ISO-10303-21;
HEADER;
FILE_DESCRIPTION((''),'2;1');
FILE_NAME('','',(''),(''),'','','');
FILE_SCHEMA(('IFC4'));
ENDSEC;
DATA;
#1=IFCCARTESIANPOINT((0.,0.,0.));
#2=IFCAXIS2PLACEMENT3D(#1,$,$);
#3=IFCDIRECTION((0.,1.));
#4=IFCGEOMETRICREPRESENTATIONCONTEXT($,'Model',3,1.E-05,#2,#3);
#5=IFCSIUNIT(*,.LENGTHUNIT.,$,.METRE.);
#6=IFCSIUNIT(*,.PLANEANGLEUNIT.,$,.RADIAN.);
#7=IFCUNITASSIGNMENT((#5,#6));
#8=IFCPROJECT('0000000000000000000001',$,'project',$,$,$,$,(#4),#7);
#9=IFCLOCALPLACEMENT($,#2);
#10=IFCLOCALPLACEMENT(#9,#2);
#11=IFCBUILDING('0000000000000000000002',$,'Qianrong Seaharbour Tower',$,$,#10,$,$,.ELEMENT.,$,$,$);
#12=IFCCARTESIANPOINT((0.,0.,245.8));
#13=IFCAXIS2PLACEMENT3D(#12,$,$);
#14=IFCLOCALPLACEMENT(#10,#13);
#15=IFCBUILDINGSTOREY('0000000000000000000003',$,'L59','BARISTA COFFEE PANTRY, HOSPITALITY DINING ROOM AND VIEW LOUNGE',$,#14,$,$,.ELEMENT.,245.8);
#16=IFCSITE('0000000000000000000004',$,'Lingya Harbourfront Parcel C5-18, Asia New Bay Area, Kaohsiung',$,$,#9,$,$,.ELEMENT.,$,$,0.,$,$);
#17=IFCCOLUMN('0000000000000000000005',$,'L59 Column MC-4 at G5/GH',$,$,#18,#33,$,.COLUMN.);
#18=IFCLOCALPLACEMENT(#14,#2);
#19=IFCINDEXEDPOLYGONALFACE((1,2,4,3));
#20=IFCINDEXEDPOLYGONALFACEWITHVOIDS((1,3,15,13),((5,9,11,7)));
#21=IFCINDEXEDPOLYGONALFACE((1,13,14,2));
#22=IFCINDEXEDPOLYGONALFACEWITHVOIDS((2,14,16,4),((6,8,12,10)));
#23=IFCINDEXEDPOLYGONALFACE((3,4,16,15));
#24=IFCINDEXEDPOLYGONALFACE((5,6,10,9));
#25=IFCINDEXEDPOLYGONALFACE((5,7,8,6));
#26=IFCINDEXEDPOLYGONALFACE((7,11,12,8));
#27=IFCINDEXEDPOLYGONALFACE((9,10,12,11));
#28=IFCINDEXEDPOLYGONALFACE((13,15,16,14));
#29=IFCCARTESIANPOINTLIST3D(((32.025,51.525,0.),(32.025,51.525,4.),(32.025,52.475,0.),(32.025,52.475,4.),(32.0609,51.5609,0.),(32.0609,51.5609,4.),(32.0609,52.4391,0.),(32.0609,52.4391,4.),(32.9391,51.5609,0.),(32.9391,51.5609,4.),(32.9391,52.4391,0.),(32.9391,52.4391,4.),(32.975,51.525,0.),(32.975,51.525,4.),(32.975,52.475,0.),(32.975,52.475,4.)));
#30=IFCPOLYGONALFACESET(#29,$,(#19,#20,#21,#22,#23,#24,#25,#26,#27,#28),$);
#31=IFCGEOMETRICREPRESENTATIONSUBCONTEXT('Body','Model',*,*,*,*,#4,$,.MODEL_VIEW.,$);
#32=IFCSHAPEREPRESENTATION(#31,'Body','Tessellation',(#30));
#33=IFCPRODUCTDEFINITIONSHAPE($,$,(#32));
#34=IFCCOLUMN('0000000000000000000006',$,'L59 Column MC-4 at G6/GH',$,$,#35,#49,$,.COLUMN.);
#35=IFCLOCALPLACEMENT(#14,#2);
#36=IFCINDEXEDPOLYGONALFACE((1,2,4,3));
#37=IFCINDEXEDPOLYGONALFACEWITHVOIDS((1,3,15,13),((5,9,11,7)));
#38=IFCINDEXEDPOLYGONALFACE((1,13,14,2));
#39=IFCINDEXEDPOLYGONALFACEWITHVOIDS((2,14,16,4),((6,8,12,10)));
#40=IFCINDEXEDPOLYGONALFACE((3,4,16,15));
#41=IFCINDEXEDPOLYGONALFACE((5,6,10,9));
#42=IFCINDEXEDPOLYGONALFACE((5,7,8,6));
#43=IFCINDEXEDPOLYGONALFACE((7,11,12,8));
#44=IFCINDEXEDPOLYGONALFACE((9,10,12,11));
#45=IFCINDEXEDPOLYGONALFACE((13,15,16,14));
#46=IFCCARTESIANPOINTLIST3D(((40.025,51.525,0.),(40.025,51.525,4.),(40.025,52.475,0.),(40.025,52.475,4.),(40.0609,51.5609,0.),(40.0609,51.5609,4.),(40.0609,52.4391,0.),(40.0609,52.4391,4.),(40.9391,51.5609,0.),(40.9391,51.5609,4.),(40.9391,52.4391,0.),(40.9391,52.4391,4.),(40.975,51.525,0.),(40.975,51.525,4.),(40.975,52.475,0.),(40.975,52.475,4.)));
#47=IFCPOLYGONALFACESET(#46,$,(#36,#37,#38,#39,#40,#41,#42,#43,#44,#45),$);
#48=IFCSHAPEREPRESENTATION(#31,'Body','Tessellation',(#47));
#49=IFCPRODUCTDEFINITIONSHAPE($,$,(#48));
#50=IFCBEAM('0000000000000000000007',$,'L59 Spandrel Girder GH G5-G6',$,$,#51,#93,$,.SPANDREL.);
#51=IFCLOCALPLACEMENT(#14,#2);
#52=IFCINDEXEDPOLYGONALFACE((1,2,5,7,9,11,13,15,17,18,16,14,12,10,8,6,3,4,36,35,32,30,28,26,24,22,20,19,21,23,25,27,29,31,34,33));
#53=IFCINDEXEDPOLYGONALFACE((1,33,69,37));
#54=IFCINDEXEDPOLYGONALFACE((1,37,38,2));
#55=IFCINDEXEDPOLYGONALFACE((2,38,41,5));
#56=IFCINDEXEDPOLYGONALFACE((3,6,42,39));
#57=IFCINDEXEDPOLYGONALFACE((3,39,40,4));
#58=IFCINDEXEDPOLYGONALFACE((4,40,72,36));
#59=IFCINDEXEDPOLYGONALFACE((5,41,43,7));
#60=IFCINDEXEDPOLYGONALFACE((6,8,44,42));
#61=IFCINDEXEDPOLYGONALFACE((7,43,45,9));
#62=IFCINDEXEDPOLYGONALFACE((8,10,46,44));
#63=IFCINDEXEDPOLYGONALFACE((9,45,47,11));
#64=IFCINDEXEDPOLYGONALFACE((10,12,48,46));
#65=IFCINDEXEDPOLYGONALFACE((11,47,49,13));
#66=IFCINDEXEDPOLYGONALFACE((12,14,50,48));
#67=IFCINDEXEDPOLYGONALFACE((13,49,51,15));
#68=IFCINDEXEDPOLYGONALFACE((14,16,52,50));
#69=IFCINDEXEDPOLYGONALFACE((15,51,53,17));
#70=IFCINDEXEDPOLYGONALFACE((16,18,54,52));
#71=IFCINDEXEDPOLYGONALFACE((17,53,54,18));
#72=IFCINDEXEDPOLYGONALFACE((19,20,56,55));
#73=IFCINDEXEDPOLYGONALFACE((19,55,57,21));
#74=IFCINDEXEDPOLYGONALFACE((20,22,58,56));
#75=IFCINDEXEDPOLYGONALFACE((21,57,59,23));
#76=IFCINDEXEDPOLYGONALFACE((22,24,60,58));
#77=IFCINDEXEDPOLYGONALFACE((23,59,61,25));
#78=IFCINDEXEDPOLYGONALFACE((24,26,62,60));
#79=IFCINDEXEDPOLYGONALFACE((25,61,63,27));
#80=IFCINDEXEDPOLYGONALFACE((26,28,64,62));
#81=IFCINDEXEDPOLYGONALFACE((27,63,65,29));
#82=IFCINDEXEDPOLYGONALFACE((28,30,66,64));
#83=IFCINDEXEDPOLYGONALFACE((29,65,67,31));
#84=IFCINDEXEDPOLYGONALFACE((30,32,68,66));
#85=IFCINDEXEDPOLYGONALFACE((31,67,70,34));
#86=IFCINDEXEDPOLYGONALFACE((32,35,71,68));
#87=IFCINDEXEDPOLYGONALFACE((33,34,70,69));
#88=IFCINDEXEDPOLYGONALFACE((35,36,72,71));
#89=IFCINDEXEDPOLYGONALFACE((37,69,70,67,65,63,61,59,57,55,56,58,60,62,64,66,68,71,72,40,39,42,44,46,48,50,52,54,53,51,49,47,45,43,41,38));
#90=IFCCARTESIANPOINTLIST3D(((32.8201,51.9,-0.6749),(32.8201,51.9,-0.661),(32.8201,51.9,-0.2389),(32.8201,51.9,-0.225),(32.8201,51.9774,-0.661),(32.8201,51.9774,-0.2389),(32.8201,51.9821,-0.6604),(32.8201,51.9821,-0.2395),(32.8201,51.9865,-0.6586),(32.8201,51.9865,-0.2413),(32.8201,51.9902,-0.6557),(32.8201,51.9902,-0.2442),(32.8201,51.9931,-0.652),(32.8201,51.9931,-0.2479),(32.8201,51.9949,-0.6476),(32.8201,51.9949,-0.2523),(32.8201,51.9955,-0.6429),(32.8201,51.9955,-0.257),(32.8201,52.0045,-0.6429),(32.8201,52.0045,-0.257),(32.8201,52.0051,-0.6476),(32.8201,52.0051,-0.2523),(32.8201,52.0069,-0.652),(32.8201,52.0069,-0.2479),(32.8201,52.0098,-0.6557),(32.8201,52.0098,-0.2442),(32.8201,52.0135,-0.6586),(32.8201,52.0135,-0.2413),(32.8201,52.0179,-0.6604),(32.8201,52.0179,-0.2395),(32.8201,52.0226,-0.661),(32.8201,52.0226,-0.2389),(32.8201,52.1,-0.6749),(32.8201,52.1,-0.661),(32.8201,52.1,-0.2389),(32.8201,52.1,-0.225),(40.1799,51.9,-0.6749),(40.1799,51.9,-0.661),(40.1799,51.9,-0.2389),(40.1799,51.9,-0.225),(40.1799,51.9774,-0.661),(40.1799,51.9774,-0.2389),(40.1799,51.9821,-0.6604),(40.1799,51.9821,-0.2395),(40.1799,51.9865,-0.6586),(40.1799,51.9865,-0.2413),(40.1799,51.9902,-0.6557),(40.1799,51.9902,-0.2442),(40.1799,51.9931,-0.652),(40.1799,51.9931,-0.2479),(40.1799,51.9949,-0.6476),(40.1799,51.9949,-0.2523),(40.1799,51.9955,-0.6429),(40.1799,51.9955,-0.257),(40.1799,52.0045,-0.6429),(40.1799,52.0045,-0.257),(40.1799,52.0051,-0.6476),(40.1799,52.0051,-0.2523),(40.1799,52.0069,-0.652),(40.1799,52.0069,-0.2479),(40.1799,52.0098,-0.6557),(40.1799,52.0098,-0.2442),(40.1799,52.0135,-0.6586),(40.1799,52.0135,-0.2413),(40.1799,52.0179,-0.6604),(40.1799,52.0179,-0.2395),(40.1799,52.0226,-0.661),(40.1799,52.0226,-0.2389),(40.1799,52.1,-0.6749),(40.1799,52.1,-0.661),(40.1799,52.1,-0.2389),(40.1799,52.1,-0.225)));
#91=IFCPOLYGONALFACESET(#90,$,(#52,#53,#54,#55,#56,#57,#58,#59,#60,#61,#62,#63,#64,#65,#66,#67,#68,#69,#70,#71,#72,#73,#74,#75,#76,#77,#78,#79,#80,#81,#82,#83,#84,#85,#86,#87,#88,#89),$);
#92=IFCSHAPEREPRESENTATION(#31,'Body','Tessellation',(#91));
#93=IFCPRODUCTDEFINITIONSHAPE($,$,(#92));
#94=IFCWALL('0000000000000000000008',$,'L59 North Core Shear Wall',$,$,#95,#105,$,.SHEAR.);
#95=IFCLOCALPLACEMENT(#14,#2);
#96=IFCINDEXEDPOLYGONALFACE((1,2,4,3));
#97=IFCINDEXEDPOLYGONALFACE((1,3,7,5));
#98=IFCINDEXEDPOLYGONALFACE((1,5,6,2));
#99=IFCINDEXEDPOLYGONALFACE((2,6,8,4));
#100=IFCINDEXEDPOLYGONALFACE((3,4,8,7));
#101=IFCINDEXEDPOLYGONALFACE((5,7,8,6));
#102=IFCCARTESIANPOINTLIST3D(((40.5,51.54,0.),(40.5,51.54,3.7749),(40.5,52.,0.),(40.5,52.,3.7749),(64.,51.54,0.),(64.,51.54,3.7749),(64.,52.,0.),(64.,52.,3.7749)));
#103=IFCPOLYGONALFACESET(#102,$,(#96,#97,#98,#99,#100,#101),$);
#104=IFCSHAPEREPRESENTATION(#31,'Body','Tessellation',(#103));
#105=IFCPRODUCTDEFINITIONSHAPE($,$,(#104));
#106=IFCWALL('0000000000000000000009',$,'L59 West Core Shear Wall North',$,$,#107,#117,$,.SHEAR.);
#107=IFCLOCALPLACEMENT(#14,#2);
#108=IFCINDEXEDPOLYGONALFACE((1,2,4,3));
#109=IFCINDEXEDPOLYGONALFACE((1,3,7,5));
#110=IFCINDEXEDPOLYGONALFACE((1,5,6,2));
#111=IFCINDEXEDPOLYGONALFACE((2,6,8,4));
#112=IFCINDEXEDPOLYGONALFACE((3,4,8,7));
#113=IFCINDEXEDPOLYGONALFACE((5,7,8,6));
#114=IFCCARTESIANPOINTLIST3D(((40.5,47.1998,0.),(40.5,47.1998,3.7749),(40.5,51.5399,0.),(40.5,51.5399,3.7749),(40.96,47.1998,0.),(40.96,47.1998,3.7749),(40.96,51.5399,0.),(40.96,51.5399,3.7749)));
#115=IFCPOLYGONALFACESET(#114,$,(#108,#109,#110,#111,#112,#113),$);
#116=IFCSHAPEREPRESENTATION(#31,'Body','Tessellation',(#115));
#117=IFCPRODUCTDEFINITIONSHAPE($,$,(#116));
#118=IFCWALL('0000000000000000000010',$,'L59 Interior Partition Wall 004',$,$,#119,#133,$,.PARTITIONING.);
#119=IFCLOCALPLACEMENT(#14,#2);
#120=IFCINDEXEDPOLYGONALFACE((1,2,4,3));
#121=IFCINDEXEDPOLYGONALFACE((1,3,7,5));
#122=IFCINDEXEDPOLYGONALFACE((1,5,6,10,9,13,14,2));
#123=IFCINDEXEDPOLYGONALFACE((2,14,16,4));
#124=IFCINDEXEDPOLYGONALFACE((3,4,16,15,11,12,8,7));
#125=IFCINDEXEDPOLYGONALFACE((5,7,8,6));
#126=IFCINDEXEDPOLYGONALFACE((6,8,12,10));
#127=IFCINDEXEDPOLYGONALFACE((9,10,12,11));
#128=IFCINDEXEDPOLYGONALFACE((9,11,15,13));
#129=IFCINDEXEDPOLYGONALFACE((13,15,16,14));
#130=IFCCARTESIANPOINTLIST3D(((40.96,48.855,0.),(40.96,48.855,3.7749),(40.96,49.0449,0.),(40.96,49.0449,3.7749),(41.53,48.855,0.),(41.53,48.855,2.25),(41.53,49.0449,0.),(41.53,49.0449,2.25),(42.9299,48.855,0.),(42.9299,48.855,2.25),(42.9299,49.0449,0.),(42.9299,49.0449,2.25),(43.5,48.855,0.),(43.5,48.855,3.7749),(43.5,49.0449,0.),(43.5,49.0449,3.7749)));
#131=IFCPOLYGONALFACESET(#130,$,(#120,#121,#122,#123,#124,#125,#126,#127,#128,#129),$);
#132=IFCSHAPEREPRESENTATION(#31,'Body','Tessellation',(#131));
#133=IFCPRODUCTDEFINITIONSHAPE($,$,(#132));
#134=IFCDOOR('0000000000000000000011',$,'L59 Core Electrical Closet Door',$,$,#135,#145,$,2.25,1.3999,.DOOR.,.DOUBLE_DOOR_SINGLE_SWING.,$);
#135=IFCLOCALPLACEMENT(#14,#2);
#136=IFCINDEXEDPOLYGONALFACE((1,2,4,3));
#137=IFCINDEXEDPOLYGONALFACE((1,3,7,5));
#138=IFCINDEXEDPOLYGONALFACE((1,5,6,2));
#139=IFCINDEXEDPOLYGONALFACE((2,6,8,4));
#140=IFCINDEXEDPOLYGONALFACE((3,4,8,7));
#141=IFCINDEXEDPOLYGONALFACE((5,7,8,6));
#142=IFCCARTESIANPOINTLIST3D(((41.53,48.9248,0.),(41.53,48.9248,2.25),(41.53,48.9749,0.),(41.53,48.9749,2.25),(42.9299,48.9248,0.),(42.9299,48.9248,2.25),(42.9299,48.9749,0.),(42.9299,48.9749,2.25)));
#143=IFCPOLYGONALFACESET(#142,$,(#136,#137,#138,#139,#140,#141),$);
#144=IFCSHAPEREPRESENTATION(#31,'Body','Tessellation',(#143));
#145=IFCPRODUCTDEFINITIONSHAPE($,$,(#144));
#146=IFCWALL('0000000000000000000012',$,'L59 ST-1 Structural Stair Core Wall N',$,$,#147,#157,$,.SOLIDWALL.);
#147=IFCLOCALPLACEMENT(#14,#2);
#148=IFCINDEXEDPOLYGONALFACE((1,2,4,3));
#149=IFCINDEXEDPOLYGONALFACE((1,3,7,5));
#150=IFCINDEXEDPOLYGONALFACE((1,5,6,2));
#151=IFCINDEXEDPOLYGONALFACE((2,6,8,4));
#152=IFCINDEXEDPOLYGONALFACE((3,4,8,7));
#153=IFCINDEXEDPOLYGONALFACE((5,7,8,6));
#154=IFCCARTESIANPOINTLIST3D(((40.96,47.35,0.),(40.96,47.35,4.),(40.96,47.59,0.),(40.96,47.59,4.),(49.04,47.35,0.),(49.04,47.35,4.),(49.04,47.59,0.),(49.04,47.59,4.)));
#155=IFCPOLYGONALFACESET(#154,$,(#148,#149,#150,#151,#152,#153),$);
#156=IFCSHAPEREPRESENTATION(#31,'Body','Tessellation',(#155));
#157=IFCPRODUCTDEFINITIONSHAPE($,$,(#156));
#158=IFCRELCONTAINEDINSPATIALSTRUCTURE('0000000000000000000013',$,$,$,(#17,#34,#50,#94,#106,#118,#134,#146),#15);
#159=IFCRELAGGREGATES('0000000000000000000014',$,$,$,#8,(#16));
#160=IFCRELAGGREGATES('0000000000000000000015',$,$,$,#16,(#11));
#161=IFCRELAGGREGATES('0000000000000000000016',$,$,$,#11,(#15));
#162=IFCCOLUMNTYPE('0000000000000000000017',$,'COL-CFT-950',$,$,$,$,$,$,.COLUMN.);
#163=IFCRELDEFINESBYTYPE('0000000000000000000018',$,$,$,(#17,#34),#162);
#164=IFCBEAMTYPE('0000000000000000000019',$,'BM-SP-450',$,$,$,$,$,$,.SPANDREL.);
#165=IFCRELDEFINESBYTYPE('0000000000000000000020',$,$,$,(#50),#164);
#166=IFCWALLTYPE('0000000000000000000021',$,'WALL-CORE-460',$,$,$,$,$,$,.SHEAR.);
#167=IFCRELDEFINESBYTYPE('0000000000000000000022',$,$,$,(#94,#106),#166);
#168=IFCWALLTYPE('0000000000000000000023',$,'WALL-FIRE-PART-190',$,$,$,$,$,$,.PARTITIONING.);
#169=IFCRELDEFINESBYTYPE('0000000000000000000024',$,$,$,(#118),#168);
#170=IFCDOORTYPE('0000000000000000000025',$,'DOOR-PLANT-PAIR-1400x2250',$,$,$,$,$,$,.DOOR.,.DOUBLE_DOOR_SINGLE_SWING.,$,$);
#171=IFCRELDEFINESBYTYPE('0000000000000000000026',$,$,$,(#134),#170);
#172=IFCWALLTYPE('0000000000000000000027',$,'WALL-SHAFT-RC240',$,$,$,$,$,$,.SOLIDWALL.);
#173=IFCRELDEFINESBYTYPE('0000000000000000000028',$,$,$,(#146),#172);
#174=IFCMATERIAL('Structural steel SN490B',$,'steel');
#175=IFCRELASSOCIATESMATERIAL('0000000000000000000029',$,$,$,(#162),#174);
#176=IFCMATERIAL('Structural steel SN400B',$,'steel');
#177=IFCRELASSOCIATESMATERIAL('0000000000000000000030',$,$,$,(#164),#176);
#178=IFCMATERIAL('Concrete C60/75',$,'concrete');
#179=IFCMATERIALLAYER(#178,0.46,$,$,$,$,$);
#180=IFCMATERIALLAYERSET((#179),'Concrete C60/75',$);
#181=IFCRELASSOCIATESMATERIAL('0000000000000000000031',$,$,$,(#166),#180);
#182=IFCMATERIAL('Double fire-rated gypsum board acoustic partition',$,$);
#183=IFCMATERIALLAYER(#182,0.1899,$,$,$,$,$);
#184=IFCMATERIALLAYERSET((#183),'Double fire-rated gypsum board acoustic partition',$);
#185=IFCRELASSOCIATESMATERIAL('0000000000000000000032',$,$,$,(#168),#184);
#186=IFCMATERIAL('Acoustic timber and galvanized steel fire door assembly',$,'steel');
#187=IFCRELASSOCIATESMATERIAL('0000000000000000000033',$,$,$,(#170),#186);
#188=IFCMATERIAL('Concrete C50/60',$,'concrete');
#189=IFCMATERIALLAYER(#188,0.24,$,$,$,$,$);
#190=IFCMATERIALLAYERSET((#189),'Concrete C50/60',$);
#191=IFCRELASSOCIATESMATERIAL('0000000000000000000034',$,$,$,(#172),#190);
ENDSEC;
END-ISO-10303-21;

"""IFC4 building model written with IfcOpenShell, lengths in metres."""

from ifc_helpers import new_model, si_unit, direction, frame, frame_2d, origin, origin_2d, place, context, subcontext, project, spatial, rectangle, hollow_rectangle, i_section, extrude, material, layer, layer_set, material_profile, profile_set, type_object, element, fill, save


model = new_model("IFC4")

# Units and contexts
model_context = context("Model", 3, precision=1e-05, world=origin(), true_north=direction((0.0, 1.0)))
body_context = subcontext(model_context, "Body", "Model", "MODEL_VIEW")
ifc_project = project(units=[si_unit("LENGTHUNIT", "METRE"), si_unit("PLANEANGLEUNIT", "RADIAN")], contexts=[model_context])

# Site, building, storey
site_placement = place(None, origin())
site = spatial("IfcSite", under=ifc_project, at=site_placement, Name="Lingya Harbourfront Parcel C5-18, Asia New Bay Area, Kaohsiung", CompositionType="ELEMENT", RefElevation=0.0)
building_placement = place(site_placement, origin())
building = spatial("IfcBuilding", under=site, at=building_placement, Name="Qianrong Seaharbour Tower", CompositionType="ELEMENT")
storey_placement = place(building_placement, frame((0.0, 0.0, 245.8)))
storey = spatial("IfcBuildingStorey", under=building, at=storey_placement, Name="L59", Description="BARISTA COFFEE PANTRY, HOSPITALITY DINING ROOM AND VIEW LOUNGE", CompositionType="ELEMENT", Elevation=245.8)

# Columns
ifc_material_1 = material(Name="Structural steel SN490B", Category="steel")
ifc_material_profile_1 = material_profile(ifc_material_1, hollow_rectangle(XDim=0.95, YDim=0.95, WallThickness=0.0359, at=origin_2d()), Name="BOX950x950x36")
ifc_profile_set_1 = profile_set([ifc_material_profile_1], Name="Structural steel SN490B")
column_type = type_object("IfcColumnType", Name="COL-CFT-950", PredefinedType="COLUMN", material=ifc_profile_set_1)
for number, where, z_axis, x_axis, name in (
    (1, (32.5, 52.0, 0.0), (0.0, 0.0, 1.0), (1.0, 0.0, 0.0), "L59 Column MC-4 at G5/GH"),
    (2, (40.5, 52.0, 0.0), (0.0, 0.0, 1.0), (1.0, 0.0, 0.0), "L59 Column MC-4 at G6/GH"),
):
    element("IfcColumn", number, at=place(storey_placement, frame(where, z_axis=z_axis, x_axis=x_axis)), inside=storey, type_object=column_type, Name=name, PredefinedType="COLUMN", context=body_context, shape_type="SweptSolid", body=[
        extrude(hollow_rectangle(XDim=0.95, YDim=0.95, WallThickness=0.0359, at=origin_2d()), origin(), (0.0, 0.0, 1.0), 4.0),
    ])

# Beam
ifc_material_2 = material(Name="Structural steel SN400B", Category="steel")
ifc_material_profile_2 = material_profile(ifc_material_2, i_section(OverallWidth=0.2, OverallDepth=0.45, WebThickness=0.009, FlangeThickness=0.0139, FilletRadius=0.0181, at=origin_2d()), Name="H450x200x9x14")
ifc_profile_set_2 = profile_set([ifc_material_profile_2], Name="Structural steel SN400B")
beam_type = type_object("IfcBeamType", Name="BM-SP-450", PredefinedType="SPANDREL", material=ifc_profile_set_2)
beam_placement = place(storey_placement, frame((32.8201, 52.0, -0.45), z_axis=(1.0, 0.0, 0.0), x_axis=(0.0, 1.0, 0.0)))
element("IfcBeam", 3, at=beam_placement, inside=storey, type_object=beam_type, Name="L59 Spandrel Girder GH G5-G6", PredefinedType="SPANDREL", context=body_context, shape_type="SweptSolid", body=[
    extrude(i_section(OverallWidth=0.2, OverallDepth=0.45, WebThickness=0.009, FlangeThickness=0.0139, FilletRadius=0.0181, at=origin_2d()), origin(), (0.0, 0.0, 1.0), 7.3599),
])

# Walls
ifc_material_3 = material(Name="Concrete C60/75", Category="concrete")
ifc_layer_1 = layer(ifc_material_3, 0.46)
ifc_layer_set_1 = layer_set([ifc_layer_1], Name="Concrete C60/75")
wall_type_1 = type_object("IfcWallType", Name="WALL-CORE-460", PredefinedType="SHEAR", material=ifc_layer_set_1)
wall_1_placement = place(storey_placement, frame((40.5, 51.77, 0.0), z_axis=(0.0, 0.0, 1.0), x_axis=(1.0, 0.0, 0.0)))
element("IfcWall", 4, at=wall_1_placement, inside=storey, type_object=wall_type_1, Name="L59 North Core Shear Wall", PredefinedType="SHEAR", context=body_context, shape_type="SweptSolid", body=[
    extrude(rectangle(XDim=23.5, YDim=0.46, at=frame_2d((11.75, 0.0))), origin(), (0.0, 0.0, 1.0), 3.7749),
])
wall_2_placement = place(storey_placement, frame((40.73, 47.2, 0.0), z_axis=(0.0, 0.0, 1.0), x_axis=(0.0, 1.0, 0.0)))
element("IfcWall", 5, at=wall_2_placement, inside=storey, type_object=wall_type_1, Name="L59 West Core Shear Wall North", PredefinedType="SHEAR", context=body_context, shape_type="SweptSolid", body=[
    extrude(rectangle(XDim=4.3401, YDim=0.46, at=frame_2d((2.1699, 0.0))), origin(), (0.0, 0.0, 1.0), 3.7749),
])

# Wall, opening, door
ifc_material_4 = material(Name="Acoustic timber and galvanized steel fire door assembly", Category="steel")
ifc_material_5 = material(Name="Double fire-rated gypsum board acoustic partition")
ifc_layer_2 = layer(ifc_material_5, 0.1899)
ifc_layer_set_2 = layer_set([ifc_layer_2], Name="Double fire-rated gypsum board acoustic partition")
wall_type_2 = type_object("IfcWallType", Name="WALL-FIRE-PART-190", PredefinedType="PARTITIONING", material=ifc_layer_set_2)
wall_3_placement = place(storey_placement, frame((40.96, 48.95, 0.0), z_axis=(0.0, 0.0, 1.0), x_axis=(1.0, 0.0, 0.0)))
wall_3 = element("IfcWall", 6, at=wall_3_placement, inside=storey, type_object=wall_type_2, Name="L59 Interior Partition Wall 004", PredefinedType="PARTITIONING", context=body_context, shape_type="SweptSolid", body=[
    extrude(rectangle(XDim=2.54, YDim=0.1899, at=frame_2d((1.27, 0.0))), origin(), (0.0, 0.0, 1.0), 3.7749),
])
opening_1_placement = place(wall_3_placement, frame((0.5701, 0.0, 0.0)))
opening_1 = element("IfcOpeningElement", 7, at=opening_1_placement, cuts=wall_3, PredefinedType="OPENING", context=body_context, shape_type="SweptSolid", body=[
    extrude(rectangle(XDim=1.3999, YDim=2.25, at=frame_2d((0.7, 1.125))), frame((0.0, 0.105, 0.0), z_axis=(0.0, -1.0, 0.0), x_axis=(1.0, 0.0, 0.0)), (0.0, 0.0, 1.0), 0.21),
])
door_type_1 = type_object("IfcDoorType", Name="DOOR-PLANT-PAIR-1400x2250", OperationType="DOUBLE_DOOR_SINGLE_SWING", PredefinedType="DOOR", material=ifc_material_4)
door_1_placement = place(opening_1_placement, origin())
door_1 = element("IfcDoor", 8, at=door_1_placement, inside=storey, type_object=door_type_1, Name="L59 Core Electrical Closet Door", OperationType="DOUBLE_DOOR_SINGLE_SWING", OverallHeight=2.25, OverallWidth=1.3999, PredefinedType="DOOR", context=body_context, shape_type="SweptSolid", body=[
    extrude(rectangle(XDim=1.3999, YDim=2.25, at=frame_2d((0.7, 1.125))), frame((0.0, 0.0249, 0.0), z_axis=(0.0, -1.0, 0.0), x_axis=(1.0, 0.0, 0.0)), (0.0, 0.0, 1.0), 0.05),
])
fill(opening_1, door_1)

# Wall
ifc_material_6 = material(Name="Concrete C50/60", Category="concrete")
ifc_layer_3 = layer(ifc_material_6, 0.24)
ifc_layer_set_3 = layer_set([ifc_layer_3], Name="Concrete C50/60")
wall_type_3 = type_object("IfcWallType", Name="WALL-SHAFT-RC240", PredefinedType="SOLIDWALL", material=ifc_layer_set_3)
wall_4_placement = place(storey_placement, frame((40.96, 47.47, 0.0), z_axis=(0.0, 0.0, 1.0), x_axis=(1.0, 0.0, 0.0)))
element("IfcWall", 9, at=wall_4_placement, inside=storey, type_object=wall_type_3, Name="L59 ST-1 Structural Stair Core Wall N", PredefinedType="SOLIDWALL", context=body_context, shape_type="SweptSolid", body=[
    extrude(rectangle(XDim=8.0801, YDim=0.24, at=frame_2d((4.04, 0.0))), origin(), (0.0, 0.0, 1.0), 4.0),
])

save(model, "model.ifc")
